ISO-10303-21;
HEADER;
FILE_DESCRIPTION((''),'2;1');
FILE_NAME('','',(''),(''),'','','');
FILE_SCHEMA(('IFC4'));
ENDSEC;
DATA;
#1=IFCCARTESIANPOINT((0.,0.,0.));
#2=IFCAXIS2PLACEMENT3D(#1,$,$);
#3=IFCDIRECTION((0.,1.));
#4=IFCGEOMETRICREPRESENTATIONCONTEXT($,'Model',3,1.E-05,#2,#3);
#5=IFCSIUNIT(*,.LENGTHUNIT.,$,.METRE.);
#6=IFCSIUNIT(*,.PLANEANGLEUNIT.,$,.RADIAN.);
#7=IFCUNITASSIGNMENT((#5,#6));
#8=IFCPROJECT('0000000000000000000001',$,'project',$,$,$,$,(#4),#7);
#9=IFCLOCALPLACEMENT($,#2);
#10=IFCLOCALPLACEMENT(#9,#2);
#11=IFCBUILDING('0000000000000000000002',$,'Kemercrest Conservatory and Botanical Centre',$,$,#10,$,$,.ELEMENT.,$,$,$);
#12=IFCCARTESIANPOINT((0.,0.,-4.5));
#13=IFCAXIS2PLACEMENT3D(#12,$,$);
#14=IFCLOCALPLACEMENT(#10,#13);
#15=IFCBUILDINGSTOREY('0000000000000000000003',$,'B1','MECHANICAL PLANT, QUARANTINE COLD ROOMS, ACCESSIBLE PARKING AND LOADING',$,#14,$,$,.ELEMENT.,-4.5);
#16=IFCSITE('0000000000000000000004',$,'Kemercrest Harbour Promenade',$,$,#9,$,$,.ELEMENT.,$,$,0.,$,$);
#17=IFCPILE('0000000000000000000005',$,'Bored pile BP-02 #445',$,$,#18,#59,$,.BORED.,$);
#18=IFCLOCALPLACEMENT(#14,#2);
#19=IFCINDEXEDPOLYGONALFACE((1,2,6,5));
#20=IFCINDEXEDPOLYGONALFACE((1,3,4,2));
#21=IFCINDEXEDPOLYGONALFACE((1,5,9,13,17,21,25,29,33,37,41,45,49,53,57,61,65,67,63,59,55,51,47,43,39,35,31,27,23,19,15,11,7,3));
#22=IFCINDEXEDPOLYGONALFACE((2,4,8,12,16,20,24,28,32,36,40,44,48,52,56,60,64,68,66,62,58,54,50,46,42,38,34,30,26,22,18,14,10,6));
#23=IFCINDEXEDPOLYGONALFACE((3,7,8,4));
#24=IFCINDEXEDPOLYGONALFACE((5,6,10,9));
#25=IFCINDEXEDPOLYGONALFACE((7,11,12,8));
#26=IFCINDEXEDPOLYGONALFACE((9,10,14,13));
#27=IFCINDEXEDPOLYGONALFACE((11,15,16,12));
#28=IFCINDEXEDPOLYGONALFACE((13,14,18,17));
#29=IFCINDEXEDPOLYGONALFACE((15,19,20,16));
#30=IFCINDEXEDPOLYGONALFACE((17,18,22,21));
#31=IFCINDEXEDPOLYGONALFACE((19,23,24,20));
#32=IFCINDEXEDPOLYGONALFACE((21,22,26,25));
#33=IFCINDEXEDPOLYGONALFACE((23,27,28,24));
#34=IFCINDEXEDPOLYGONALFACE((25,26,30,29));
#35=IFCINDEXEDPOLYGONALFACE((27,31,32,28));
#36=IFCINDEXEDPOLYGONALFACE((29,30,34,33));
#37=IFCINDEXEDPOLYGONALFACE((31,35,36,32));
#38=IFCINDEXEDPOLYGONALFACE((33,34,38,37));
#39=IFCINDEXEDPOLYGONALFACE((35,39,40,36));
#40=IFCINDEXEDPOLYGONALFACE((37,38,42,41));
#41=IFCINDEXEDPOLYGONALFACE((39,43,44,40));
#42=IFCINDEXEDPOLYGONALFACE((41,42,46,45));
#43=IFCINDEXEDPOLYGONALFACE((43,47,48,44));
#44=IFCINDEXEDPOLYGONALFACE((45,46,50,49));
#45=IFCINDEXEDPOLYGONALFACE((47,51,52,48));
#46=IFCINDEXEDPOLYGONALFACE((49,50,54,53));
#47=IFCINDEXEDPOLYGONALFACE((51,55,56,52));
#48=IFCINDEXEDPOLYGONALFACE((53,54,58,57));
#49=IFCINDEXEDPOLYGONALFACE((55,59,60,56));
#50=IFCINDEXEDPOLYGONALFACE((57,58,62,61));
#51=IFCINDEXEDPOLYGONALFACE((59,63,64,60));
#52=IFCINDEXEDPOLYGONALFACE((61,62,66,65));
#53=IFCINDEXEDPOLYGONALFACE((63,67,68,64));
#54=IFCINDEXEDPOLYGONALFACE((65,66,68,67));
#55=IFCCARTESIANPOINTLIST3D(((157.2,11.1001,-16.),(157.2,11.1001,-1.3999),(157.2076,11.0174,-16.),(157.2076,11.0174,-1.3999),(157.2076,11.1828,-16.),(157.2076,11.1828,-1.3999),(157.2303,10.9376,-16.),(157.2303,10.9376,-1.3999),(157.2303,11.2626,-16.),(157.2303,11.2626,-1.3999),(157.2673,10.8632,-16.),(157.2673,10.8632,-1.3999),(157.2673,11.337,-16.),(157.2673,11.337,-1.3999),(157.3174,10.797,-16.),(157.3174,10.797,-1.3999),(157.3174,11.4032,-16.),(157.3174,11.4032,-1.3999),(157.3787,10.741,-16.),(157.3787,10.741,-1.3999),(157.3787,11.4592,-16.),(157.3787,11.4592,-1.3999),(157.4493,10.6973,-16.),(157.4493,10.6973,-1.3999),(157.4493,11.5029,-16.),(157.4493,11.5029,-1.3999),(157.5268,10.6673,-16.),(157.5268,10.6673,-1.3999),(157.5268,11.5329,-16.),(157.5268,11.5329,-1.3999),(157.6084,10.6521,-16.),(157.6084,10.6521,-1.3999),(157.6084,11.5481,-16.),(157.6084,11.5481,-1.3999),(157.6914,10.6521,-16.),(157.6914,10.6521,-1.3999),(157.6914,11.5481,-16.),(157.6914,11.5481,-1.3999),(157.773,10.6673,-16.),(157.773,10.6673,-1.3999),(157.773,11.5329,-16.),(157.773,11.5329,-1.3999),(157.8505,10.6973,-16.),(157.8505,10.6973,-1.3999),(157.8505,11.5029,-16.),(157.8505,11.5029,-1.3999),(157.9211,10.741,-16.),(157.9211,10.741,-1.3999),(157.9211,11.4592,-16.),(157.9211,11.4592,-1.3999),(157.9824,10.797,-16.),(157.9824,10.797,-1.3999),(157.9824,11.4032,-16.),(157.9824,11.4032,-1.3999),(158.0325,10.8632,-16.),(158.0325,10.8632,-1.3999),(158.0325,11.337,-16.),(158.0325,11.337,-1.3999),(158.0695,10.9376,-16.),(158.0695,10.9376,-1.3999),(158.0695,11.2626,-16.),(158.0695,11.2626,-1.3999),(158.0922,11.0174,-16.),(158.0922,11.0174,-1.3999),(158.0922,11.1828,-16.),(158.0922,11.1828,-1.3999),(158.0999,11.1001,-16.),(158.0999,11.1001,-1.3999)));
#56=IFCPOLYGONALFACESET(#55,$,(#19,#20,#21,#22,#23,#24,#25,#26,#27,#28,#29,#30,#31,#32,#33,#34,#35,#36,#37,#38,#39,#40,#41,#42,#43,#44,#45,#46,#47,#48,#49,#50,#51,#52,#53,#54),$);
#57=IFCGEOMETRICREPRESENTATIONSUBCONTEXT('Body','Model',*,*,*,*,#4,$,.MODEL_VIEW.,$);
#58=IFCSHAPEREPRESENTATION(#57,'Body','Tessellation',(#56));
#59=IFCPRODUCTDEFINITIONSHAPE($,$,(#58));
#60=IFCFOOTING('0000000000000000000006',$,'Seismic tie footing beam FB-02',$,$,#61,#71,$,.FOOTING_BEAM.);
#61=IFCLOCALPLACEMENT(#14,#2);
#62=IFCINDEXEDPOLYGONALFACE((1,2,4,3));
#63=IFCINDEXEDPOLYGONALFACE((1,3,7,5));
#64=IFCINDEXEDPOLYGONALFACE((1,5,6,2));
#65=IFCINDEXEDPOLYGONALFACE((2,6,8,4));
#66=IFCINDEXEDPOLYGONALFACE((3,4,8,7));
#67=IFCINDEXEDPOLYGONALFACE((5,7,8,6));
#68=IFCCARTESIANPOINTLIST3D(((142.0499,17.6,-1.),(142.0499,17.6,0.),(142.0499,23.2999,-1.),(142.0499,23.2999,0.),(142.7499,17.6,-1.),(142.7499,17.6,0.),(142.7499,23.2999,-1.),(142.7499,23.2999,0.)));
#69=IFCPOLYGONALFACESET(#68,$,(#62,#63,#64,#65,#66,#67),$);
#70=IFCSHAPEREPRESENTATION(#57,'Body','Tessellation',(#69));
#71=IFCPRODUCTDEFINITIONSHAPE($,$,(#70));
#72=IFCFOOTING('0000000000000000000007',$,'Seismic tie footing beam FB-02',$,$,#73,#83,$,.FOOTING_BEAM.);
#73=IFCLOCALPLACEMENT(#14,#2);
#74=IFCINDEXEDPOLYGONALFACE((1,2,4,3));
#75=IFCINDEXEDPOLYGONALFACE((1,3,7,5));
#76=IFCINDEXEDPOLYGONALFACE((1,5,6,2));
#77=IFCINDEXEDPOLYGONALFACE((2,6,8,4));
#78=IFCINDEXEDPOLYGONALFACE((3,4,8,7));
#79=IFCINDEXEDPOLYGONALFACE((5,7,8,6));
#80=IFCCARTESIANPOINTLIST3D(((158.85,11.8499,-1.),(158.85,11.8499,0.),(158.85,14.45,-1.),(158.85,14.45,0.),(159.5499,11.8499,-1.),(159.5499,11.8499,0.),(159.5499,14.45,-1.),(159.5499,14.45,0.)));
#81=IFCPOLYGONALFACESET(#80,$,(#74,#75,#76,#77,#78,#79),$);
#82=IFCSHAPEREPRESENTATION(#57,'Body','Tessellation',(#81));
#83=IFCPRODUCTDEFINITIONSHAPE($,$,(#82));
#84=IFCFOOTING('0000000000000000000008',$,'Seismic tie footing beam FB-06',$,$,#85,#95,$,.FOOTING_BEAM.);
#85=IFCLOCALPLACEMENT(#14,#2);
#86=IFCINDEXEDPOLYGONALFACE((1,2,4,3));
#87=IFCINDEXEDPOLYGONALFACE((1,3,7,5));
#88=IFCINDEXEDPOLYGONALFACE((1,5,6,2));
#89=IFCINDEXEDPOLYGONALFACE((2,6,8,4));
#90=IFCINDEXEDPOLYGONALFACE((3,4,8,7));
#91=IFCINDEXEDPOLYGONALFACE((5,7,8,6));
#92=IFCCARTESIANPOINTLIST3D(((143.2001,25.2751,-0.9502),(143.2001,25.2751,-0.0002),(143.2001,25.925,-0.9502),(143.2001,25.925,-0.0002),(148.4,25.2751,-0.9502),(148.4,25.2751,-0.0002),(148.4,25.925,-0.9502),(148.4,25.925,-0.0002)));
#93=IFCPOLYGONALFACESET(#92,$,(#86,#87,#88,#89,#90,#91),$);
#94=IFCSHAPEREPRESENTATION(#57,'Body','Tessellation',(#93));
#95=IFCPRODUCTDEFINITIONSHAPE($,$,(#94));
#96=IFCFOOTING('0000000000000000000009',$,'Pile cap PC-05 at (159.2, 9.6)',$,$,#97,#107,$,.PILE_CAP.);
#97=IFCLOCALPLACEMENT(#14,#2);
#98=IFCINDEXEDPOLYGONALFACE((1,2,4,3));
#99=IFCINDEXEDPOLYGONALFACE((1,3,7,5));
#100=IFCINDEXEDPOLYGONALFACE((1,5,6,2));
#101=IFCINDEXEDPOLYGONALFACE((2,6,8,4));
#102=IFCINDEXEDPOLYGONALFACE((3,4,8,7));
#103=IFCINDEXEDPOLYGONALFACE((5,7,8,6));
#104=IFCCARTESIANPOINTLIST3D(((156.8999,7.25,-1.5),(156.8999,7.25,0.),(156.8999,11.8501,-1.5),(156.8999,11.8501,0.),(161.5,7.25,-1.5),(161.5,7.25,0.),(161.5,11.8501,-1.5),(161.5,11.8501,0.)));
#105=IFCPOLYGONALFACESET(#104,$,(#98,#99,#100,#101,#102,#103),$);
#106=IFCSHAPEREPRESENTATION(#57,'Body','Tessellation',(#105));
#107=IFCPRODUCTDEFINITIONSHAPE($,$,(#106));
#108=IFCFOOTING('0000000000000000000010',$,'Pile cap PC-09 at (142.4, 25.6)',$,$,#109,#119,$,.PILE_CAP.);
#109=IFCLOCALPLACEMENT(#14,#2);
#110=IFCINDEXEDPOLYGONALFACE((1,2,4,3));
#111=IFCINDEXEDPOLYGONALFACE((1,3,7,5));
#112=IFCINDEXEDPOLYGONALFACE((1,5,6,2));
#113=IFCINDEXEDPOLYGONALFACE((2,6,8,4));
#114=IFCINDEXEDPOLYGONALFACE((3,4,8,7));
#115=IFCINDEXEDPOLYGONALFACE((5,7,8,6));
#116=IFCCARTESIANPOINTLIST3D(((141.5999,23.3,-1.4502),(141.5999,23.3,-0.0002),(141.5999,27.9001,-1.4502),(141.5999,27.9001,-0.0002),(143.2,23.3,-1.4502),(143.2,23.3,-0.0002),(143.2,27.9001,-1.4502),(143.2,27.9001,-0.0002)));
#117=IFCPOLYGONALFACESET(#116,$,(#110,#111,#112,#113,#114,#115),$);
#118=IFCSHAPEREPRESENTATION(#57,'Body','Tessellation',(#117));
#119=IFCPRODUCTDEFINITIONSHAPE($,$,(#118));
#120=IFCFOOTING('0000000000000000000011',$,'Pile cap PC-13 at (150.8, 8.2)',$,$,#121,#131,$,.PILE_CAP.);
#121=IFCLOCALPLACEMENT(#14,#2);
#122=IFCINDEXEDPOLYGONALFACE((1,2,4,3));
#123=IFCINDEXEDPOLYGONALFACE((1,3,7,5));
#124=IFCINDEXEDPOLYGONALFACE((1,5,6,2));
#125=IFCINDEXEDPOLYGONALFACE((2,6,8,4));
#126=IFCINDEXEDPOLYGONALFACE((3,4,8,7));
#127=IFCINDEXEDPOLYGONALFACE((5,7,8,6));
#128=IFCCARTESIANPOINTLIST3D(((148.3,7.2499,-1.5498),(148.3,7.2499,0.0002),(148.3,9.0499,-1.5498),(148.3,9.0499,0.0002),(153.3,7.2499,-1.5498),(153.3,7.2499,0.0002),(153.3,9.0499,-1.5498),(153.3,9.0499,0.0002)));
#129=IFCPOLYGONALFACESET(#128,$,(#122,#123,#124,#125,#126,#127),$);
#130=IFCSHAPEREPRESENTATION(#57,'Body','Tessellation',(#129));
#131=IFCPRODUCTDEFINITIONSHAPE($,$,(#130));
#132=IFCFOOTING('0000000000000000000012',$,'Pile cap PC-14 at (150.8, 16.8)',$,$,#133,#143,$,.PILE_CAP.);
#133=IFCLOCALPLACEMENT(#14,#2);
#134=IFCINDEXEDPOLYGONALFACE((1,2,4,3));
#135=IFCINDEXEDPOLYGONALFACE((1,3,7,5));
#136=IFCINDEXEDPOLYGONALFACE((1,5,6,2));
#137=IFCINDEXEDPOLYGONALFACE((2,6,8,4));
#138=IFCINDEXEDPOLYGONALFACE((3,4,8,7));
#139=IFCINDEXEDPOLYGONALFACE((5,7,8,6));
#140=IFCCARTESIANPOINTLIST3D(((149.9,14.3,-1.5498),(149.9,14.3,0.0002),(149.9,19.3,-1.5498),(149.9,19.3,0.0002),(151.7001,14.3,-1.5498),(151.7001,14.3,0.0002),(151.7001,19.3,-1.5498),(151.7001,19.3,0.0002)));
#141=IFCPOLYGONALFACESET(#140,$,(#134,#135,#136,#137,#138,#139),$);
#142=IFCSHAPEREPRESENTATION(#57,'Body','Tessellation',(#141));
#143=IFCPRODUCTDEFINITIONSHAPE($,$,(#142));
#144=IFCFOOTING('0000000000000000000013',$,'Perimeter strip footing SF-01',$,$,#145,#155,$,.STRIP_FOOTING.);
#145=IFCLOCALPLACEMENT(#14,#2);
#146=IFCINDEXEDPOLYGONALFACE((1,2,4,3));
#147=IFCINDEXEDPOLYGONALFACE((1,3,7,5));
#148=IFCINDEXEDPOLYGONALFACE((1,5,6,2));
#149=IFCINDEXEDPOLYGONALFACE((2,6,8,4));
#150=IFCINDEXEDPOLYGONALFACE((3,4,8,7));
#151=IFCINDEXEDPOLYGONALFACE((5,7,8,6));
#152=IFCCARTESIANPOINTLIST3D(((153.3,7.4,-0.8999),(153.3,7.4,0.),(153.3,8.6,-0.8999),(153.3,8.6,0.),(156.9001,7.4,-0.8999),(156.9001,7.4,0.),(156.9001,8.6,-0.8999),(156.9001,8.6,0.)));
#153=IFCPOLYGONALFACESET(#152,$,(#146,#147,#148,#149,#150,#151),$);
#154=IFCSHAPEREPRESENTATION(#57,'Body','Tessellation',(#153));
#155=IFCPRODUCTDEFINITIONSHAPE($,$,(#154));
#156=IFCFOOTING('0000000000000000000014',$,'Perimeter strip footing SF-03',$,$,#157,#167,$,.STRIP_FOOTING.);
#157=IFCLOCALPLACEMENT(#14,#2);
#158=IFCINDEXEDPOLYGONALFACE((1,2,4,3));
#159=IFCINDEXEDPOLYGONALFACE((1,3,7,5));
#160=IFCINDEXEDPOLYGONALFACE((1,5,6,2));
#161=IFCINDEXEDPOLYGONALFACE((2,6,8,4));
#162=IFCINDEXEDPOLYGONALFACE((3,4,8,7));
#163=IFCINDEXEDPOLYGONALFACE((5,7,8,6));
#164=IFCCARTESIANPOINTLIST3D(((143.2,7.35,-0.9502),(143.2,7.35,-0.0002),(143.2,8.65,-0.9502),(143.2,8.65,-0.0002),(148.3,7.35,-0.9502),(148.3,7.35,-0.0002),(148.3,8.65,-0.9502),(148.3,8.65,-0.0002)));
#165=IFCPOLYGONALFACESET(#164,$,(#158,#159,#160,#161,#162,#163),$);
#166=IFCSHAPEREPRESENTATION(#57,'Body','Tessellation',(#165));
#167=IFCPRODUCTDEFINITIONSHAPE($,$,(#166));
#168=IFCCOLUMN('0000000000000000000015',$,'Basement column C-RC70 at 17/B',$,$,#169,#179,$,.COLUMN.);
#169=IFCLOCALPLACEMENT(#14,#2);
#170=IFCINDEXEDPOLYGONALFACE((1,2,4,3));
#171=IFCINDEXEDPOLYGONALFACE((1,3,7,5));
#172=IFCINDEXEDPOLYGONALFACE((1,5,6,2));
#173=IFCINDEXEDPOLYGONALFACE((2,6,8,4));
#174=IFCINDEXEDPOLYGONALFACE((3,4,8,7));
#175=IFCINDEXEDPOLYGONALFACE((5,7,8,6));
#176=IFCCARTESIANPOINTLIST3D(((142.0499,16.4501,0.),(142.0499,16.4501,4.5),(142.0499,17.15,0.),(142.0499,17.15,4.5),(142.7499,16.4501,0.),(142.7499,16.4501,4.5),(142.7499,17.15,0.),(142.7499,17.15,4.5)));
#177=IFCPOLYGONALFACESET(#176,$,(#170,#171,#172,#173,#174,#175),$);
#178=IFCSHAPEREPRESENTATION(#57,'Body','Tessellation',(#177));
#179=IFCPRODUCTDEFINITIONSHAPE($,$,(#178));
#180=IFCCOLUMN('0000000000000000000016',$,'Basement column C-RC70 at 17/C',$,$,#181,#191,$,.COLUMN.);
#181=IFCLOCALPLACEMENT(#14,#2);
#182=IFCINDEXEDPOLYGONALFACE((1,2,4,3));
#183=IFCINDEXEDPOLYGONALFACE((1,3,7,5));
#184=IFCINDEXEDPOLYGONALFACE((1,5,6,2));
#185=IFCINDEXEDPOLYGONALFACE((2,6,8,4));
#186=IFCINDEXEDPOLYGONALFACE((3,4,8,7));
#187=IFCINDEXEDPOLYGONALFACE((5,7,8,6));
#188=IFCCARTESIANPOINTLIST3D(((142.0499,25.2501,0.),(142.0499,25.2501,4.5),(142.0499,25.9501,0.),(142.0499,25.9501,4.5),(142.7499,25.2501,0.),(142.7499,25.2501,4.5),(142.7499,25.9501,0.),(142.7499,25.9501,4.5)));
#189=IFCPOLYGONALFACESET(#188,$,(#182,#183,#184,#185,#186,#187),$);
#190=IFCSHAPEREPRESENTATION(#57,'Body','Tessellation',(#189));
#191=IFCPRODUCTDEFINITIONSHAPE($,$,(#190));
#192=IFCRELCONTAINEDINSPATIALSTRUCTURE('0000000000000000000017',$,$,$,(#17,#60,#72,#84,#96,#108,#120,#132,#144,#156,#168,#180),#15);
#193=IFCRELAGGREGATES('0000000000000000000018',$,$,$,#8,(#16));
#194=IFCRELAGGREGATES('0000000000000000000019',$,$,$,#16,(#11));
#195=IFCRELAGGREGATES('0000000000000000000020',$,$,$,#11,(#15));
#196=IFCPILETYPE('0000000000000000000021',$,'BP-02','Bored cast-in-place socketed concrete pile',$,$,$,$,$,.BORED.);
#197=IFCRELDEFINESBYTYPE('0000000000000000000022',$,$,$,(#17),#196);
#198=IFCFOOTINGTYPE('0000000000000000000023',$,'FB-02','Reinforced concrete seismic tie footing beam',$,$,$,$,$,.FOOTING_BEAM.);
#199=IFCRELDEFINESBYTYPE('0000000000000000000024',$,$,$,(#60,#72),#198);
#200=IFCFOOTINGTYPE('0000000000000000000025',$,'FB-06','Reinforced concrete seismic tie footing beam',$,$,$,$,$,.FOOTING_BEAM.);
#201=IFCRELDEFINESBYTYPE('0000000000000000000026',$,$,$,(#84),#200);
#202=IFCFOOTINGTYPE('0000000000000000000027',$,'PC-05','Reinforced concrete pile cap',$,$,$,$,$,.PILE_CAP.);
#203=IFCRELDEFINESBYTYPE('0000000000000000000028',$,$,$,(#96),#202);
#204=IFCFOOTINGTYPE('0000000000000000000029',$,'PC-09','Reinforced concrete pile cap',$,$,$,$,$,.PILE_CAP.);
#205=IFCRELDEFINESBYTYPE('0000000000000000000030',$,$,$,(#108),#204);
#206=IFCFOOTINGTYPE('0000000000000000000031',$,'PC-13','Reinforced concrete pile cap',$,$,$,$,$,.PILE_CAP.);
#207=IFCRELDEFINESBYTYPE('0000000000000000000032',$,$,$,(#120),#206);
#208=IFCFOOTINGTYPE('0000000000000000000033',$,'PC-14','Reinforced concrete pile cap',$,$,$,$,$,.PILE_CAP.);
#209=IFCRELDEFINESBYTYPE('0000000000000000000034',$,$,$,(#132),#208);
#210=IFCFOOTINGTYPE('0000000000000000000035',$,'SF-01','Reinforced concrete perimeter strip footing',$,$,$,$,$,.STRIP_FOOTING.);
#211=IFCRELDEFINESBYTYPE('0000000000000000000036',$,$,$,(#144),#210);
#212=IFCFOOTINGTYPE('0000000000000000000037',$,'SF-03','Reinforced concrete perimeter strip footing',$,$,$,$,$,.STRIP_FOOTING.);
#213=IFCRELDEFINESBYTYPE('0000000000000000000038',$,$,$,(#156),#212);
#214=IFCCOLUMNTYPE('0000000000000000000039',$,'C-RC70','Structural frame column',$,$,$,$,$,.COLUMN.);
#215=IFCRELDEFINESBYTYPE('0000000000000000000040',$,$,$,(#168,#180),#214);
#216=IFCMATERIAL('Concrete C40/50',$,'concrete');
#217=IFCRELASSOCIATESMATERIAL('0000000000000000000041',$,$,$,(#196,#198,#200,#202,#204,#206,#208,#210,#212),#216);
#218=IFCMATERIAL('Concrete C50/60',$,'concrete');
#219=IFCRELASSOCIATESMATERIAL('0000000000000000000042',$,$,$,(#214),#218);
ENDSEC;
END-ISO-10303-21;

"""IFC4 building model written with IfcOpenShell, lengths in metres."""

from ifc_helpers import new_model, si_unit, direction, frame, origin, origin_2d, place, context, subcontext, project, spatial, rectangle, circle, extrude, material, material_profile, profile_set, type_object, element, save


model = new_model("IFC4")

# Units and contexts
model_context = context("Model", 3, precision=1e-05, world=origin(), true_north=direction((0.0, 1.0)))
body_context = subcontext(model_context, "Body", "Model", "MODEL_VIEW")
ifc_project = project(units=[si_unit("LENGTHUNIT", "METRE"), si_unit("PLANEANGLEUNIT", "RADIAN")], contexts=[model_context])

# Site, building, storey
site_placement = place(None, origin())
site = spatial("IfcSite", under=ifc_project, at=site_placement, Name="Kemercrest Harbour Promenade", CompositionType="ELEMENT", RefElevation=0.0)
building_placement = place(site_placement, origin())
building = spatial("IfcBuilding", under=site, at=building_placement, Name="Kemercrest Conservatory and Botanical Centre", CompositionType="ELEMENT")
storey_placement = place(building_placement, frame((0.0, 0.0, -4.5)))
storey = spatial("IfcBuildingStorey", under=building, at=storey_placement, Name="B1", Description="MECHANICAL PLANT, QUARANTINE COLD ROOMS, ACCESSIBLE PARKING AND LOADING", CompositionType="ELEMENT", Elevation=-4.5)

# Pile
ifc_material_1 = material(Name="Concrete C40/50", Category="concrete")
ifc_material_profile_1 = material_profile(ifc_material_1, circle(Radius=0.45, at=origin_2d()), Name="BORED PILE 900")
ifc_profile_set_1 = profile_set([ifc_material_profile_1], Name="Concrete C40/50")
pile_type_1 = type_object("IfcPileType", Name="BP-02", Description="Bored cast-in-place socketed concrete pile", PredefinedType="BORED", material=ifc_profile_set_1)
pile_1_placement = place(storey_placement, frame((157.6499, 11.1001, -1.3999), z_axis=(0.0, 0.0, -1.0), x_axis=(1.0, 0.0, 0.0)))
element("IfcPile", 1, at=pile_1_placement, inside=storey, type_object=pile_type_1, Name="Bored pile BP-02 #445", PredefinedType="BORED", context=body_context, shape_type="SweptSolid", body=[
    extrude(circle(Radius=0.45, at=origin_2d()), origin(), (0.0, 0.0, 1.0), 14.6001),
])

# Footings
footing_type_1 = type_object("IfcFootingType", Name="FB-02", Description="Reinforced concrete seismic tie footing beam", PredefinedType="FOOTING_BEAM", material=ifc_material_1)
footing_1_placement = place(storey_placement, frame((142.3999, 20.45, -1.0), z_axis=(0.0, 0.0, 1.0), x_axis=(1.0, 0.0, 0.0)))
element("IfcFooting", 2, at=footing_1_placement, inside=storey, type_object=footing_type_1, Name="Seismic tie footing beam FB-02", PredefinedType="FOOTING_BEAM", context=body_context, shape_type="SweptSolid", body=[
    extrude(rectangle(XDim=0.7, YDim=5.7, at=origin_2d()), origin(), (0.0, 0.0, 1.0), 1.0),
])
footing_2_placement = place(storey_placement, frame((159.2, 13.1499, -1.0), z_axis=(0.0, 0.0, 1.0), x_axis=(1.0, 0.0, 0.0)))
element("IfcFooting", 3, at=footing_2_placement, inside=storey, type_object=footing_type_1, Name="Seismic tie footing beam FB-02", PredefinedType="FOOTING_BEAM", context=body_context, shape_type="SweptSolid", body=[
    extrude(rectangle(XDim=0.7, YDim=2.6001, at=origin_2d()), origin(), (0.0, 0.0, 1.0), 1.0),
])
footing_type_2 = type_object("IfcFootingType", Name="FB-06", Description="Reinforced concrete seismic tie footing beam", PredefinedType="FOOTING_BEAM", material=ifc_material_1)
footing_3_placement = place(storey_placement, frame((145.8, 25.6001, -0.9502), z_axis=(0.0, 0.0, 1.0), x_axis=(1.0, 0.0, 0.0)))
element("IfcFooting", 4, at=footing_3_placement, inside=storey, type_object=footing_type_2, Name="Seismic tie footing beam FB-06", PredefinedType="FOOTING_BEAM", context=body_context, shape_type="SweptSolid", body=[
    extrude(rectangle(XDim=5.2, YDim=0.6499, at=origin_2d()), origin(), (0.0, 0.0, 1.0), 0.95),
])
footing_type_3 = type_object("IfcFootingType", Name="PC-05", Description="Reinforced concrete pile cap", PredefinedType="PILE_CAP", material=ifc_material_1)
footing_4_placement = place(storey_placement, frame((159.2, 9.55, -1.5), z_axis=(0.0, 0.0, 1.0), x_axis=(1.0, 0.0, 0.0)))
element("IfcFooting", 5, at=footing_4_placement, inside=storey, type_object=footing_type_3, Name="Pile cap PC-05 at (159.2, 9.6)", PredefinedType="PILE_CAP", context=body_context, shape_type="SweptSolid", body=[
    extrude(rectangle(XDim=4.6001, YDim=4.6001, at=origin_2d()), origin(), (0.0, 0.0, 1.0), 1.5),
])
footing_type_4 = type_object("IfcFootingType", Name="PC-09", Description="Reinforced concrete pile cap", PredefinedType="PILE_CAP", material=ifc_material_1)
footing_5_placement = place(storey_placement, frame((142.3999, 25.6001, -1.4502), z_axis=(0.0, 0.0, 1.0), x_axis=(1.0, 0.0, 0.0)))
element("IfcFooting", 6, at=footing_5_placement, inside=storey, type_object=footing_type_4, Name="Pile cap PC-09 at (142.4, 25.6)", PredefinedType="PILE_CAP", context=body_context, shape_type="SweptSolid", body=[
    extrude(rectangle(XDim=1.6001, YDim=4.6001, at=origin_2d()), origin(), (0.0, 0.0, 1.0), 1.45),
])
footing_type_5 = type_object("IfcFootingType", Name="PC-13", Description="Reinforced concrete pile cap", PredefinedType="PILE_CAP", material=ifc_material_1)
footing_6_placement = place(storey_placement, frame((150.8, 8.1499, -1.5498), z_axis=(0.0, 0.0, 1.0), x_axis=(1.0, 0.0, 0.0)))
element("IfcFooting", 7, at=footing_6_placement, inside=storey, type_object=footing_type_5, Name="Pile cap PC-13 at (150.8, 8.2)", PredefinedType="PILE_CAP", context=body_context, shape_type="SweptSolid", body=[
    extrude(rectangle(XDim=5.0, YDim=1.8, at=origin_2d()), origin(), (0.0, 0.0, 1.0), 1.55),
])
footing_type_6 = type_object("IfcFootingType", Name="PC-14", Description="Reinforced concrete pile cap", PredefinedType="PILE_CAP", material=ifc_material_1)
footing_7_placement = place(storey_placement, frame((150.8, 16.8, -1.5498), z_axis=(0.0, 0.0, 1.0), x_axis=(1.0, 0.0, 0.0)))
element("IfcFooting", 8, at=footing_7_placement, inside=storey, type_object=footing_type_6, Name="Pile cap PC-14 at (150.8, 16.8)", PredefinedType="PILE_CAP", context=body_context, shape_type="SweptSolid", body=[
    extrude(rectangle(XDim=1.8, YDim=5.0, at=origin_2d()), origin(), (0.0, 0.0, 1.0), 1.55),
])
footing_type_7 = type_object("IfcFootingType", Name="SF-01", Description="Reinforced concrete perimeter strip footing", PredefinedType="STRIP_FOOTING", material=ifc_material_1)
footing_8_placement = place(storey_placement, frame((155.1001, 8.0, -0.8999), z_axis=(0.0, 0.0, 1.0), x_axis=(1.0, 0.0, 0.0)))
element("IfcFooting", 9, at=footing_8_placement, inside=storey, type_object=footing_type_7, Name="Perimeter strip footing SF-01", PredefinedType="STRIP_FOOTING", context=body_context, shape_type="SweptSolid", body=[
    extrude(rectangle(XDim=3.6001, YDim=1.2, at=origin_2d()), origin(), (0.0, 0.0, 1.0), 0.8999),
])
footing_type_8 = type_object("IfcFootingType", Name="SF-03", Description="Reinforced concrete perimeter strip footing", PredefinedType="STRIP_FOOTING", material=ifc_material_1)
footing_9_placement = place(storey_placement, frame((145.75, 8.0, -0.9502), z_axis=(0.0, 0.0, 1.0), x_axis=(1.0, 0.0, 0.0)))
element("IfcFooting", 10, at=footing_9_placement, inside=storey, type_object=footing_type_8, Name="Perimeter strip footing SF-03", PredefinedType="STRIP_FOOTING", context=body_context, shape_type="SweptSolid", body=[
    extrude(rectangle(XDim=5.1001, YDim=1.3, at=origin_2d()), origin(), (0.0, 0.0, 1.0), 0.95),
])

# Columns
ifc_material_2 = material(Name="Concrete C50/60", Category="concrete")
ifc_material_profile_2 = material_profile(ifc_material_2, rectangle(XDim=0.7, YDim=0.7, at=origin_2d()), Name="RC 700x700")
ifc_profile_set_2 = profile_set([ifc_material_profile_2], Name="Concrete C50/60")
column_type_1 = type_object("IfcColumnType", Name="C-RC70", Description="Structural frame column", PredefinedType="COLUMN", material=ifc_profile_set_2)
for number, where, z_axis, x_axis, name in (
    (11, (142.3999, 16.8, 0.0), (0.0, 0.0, 1.0), (1.0, 0.0, 0.0), "Basement column C-RC70 at 17/B"),
    (12, (142.3999, 25.6001, 0.0), (0.0, 0.0, 1.0), (1.0, 0.0, 0.0), "Basement column C-RC70 at 17/C"),
):
    element("IfcColumn", number, at=place(storey_placement, frame(where, z_axis=z_axis, x_axis=x_axis)), inside=storey, type_object=column_type_1, Name=name, PredefinedType="COLUMN", context=body_context, shape_type="SweptSolid", body=[
        extrude(rectangle(XDim=0.7, YDim=0.7, at=origin_2d()), origin(), (0.0, 0.0, 1.0), 4.5),
    ])

save(model, "model.ifc")
